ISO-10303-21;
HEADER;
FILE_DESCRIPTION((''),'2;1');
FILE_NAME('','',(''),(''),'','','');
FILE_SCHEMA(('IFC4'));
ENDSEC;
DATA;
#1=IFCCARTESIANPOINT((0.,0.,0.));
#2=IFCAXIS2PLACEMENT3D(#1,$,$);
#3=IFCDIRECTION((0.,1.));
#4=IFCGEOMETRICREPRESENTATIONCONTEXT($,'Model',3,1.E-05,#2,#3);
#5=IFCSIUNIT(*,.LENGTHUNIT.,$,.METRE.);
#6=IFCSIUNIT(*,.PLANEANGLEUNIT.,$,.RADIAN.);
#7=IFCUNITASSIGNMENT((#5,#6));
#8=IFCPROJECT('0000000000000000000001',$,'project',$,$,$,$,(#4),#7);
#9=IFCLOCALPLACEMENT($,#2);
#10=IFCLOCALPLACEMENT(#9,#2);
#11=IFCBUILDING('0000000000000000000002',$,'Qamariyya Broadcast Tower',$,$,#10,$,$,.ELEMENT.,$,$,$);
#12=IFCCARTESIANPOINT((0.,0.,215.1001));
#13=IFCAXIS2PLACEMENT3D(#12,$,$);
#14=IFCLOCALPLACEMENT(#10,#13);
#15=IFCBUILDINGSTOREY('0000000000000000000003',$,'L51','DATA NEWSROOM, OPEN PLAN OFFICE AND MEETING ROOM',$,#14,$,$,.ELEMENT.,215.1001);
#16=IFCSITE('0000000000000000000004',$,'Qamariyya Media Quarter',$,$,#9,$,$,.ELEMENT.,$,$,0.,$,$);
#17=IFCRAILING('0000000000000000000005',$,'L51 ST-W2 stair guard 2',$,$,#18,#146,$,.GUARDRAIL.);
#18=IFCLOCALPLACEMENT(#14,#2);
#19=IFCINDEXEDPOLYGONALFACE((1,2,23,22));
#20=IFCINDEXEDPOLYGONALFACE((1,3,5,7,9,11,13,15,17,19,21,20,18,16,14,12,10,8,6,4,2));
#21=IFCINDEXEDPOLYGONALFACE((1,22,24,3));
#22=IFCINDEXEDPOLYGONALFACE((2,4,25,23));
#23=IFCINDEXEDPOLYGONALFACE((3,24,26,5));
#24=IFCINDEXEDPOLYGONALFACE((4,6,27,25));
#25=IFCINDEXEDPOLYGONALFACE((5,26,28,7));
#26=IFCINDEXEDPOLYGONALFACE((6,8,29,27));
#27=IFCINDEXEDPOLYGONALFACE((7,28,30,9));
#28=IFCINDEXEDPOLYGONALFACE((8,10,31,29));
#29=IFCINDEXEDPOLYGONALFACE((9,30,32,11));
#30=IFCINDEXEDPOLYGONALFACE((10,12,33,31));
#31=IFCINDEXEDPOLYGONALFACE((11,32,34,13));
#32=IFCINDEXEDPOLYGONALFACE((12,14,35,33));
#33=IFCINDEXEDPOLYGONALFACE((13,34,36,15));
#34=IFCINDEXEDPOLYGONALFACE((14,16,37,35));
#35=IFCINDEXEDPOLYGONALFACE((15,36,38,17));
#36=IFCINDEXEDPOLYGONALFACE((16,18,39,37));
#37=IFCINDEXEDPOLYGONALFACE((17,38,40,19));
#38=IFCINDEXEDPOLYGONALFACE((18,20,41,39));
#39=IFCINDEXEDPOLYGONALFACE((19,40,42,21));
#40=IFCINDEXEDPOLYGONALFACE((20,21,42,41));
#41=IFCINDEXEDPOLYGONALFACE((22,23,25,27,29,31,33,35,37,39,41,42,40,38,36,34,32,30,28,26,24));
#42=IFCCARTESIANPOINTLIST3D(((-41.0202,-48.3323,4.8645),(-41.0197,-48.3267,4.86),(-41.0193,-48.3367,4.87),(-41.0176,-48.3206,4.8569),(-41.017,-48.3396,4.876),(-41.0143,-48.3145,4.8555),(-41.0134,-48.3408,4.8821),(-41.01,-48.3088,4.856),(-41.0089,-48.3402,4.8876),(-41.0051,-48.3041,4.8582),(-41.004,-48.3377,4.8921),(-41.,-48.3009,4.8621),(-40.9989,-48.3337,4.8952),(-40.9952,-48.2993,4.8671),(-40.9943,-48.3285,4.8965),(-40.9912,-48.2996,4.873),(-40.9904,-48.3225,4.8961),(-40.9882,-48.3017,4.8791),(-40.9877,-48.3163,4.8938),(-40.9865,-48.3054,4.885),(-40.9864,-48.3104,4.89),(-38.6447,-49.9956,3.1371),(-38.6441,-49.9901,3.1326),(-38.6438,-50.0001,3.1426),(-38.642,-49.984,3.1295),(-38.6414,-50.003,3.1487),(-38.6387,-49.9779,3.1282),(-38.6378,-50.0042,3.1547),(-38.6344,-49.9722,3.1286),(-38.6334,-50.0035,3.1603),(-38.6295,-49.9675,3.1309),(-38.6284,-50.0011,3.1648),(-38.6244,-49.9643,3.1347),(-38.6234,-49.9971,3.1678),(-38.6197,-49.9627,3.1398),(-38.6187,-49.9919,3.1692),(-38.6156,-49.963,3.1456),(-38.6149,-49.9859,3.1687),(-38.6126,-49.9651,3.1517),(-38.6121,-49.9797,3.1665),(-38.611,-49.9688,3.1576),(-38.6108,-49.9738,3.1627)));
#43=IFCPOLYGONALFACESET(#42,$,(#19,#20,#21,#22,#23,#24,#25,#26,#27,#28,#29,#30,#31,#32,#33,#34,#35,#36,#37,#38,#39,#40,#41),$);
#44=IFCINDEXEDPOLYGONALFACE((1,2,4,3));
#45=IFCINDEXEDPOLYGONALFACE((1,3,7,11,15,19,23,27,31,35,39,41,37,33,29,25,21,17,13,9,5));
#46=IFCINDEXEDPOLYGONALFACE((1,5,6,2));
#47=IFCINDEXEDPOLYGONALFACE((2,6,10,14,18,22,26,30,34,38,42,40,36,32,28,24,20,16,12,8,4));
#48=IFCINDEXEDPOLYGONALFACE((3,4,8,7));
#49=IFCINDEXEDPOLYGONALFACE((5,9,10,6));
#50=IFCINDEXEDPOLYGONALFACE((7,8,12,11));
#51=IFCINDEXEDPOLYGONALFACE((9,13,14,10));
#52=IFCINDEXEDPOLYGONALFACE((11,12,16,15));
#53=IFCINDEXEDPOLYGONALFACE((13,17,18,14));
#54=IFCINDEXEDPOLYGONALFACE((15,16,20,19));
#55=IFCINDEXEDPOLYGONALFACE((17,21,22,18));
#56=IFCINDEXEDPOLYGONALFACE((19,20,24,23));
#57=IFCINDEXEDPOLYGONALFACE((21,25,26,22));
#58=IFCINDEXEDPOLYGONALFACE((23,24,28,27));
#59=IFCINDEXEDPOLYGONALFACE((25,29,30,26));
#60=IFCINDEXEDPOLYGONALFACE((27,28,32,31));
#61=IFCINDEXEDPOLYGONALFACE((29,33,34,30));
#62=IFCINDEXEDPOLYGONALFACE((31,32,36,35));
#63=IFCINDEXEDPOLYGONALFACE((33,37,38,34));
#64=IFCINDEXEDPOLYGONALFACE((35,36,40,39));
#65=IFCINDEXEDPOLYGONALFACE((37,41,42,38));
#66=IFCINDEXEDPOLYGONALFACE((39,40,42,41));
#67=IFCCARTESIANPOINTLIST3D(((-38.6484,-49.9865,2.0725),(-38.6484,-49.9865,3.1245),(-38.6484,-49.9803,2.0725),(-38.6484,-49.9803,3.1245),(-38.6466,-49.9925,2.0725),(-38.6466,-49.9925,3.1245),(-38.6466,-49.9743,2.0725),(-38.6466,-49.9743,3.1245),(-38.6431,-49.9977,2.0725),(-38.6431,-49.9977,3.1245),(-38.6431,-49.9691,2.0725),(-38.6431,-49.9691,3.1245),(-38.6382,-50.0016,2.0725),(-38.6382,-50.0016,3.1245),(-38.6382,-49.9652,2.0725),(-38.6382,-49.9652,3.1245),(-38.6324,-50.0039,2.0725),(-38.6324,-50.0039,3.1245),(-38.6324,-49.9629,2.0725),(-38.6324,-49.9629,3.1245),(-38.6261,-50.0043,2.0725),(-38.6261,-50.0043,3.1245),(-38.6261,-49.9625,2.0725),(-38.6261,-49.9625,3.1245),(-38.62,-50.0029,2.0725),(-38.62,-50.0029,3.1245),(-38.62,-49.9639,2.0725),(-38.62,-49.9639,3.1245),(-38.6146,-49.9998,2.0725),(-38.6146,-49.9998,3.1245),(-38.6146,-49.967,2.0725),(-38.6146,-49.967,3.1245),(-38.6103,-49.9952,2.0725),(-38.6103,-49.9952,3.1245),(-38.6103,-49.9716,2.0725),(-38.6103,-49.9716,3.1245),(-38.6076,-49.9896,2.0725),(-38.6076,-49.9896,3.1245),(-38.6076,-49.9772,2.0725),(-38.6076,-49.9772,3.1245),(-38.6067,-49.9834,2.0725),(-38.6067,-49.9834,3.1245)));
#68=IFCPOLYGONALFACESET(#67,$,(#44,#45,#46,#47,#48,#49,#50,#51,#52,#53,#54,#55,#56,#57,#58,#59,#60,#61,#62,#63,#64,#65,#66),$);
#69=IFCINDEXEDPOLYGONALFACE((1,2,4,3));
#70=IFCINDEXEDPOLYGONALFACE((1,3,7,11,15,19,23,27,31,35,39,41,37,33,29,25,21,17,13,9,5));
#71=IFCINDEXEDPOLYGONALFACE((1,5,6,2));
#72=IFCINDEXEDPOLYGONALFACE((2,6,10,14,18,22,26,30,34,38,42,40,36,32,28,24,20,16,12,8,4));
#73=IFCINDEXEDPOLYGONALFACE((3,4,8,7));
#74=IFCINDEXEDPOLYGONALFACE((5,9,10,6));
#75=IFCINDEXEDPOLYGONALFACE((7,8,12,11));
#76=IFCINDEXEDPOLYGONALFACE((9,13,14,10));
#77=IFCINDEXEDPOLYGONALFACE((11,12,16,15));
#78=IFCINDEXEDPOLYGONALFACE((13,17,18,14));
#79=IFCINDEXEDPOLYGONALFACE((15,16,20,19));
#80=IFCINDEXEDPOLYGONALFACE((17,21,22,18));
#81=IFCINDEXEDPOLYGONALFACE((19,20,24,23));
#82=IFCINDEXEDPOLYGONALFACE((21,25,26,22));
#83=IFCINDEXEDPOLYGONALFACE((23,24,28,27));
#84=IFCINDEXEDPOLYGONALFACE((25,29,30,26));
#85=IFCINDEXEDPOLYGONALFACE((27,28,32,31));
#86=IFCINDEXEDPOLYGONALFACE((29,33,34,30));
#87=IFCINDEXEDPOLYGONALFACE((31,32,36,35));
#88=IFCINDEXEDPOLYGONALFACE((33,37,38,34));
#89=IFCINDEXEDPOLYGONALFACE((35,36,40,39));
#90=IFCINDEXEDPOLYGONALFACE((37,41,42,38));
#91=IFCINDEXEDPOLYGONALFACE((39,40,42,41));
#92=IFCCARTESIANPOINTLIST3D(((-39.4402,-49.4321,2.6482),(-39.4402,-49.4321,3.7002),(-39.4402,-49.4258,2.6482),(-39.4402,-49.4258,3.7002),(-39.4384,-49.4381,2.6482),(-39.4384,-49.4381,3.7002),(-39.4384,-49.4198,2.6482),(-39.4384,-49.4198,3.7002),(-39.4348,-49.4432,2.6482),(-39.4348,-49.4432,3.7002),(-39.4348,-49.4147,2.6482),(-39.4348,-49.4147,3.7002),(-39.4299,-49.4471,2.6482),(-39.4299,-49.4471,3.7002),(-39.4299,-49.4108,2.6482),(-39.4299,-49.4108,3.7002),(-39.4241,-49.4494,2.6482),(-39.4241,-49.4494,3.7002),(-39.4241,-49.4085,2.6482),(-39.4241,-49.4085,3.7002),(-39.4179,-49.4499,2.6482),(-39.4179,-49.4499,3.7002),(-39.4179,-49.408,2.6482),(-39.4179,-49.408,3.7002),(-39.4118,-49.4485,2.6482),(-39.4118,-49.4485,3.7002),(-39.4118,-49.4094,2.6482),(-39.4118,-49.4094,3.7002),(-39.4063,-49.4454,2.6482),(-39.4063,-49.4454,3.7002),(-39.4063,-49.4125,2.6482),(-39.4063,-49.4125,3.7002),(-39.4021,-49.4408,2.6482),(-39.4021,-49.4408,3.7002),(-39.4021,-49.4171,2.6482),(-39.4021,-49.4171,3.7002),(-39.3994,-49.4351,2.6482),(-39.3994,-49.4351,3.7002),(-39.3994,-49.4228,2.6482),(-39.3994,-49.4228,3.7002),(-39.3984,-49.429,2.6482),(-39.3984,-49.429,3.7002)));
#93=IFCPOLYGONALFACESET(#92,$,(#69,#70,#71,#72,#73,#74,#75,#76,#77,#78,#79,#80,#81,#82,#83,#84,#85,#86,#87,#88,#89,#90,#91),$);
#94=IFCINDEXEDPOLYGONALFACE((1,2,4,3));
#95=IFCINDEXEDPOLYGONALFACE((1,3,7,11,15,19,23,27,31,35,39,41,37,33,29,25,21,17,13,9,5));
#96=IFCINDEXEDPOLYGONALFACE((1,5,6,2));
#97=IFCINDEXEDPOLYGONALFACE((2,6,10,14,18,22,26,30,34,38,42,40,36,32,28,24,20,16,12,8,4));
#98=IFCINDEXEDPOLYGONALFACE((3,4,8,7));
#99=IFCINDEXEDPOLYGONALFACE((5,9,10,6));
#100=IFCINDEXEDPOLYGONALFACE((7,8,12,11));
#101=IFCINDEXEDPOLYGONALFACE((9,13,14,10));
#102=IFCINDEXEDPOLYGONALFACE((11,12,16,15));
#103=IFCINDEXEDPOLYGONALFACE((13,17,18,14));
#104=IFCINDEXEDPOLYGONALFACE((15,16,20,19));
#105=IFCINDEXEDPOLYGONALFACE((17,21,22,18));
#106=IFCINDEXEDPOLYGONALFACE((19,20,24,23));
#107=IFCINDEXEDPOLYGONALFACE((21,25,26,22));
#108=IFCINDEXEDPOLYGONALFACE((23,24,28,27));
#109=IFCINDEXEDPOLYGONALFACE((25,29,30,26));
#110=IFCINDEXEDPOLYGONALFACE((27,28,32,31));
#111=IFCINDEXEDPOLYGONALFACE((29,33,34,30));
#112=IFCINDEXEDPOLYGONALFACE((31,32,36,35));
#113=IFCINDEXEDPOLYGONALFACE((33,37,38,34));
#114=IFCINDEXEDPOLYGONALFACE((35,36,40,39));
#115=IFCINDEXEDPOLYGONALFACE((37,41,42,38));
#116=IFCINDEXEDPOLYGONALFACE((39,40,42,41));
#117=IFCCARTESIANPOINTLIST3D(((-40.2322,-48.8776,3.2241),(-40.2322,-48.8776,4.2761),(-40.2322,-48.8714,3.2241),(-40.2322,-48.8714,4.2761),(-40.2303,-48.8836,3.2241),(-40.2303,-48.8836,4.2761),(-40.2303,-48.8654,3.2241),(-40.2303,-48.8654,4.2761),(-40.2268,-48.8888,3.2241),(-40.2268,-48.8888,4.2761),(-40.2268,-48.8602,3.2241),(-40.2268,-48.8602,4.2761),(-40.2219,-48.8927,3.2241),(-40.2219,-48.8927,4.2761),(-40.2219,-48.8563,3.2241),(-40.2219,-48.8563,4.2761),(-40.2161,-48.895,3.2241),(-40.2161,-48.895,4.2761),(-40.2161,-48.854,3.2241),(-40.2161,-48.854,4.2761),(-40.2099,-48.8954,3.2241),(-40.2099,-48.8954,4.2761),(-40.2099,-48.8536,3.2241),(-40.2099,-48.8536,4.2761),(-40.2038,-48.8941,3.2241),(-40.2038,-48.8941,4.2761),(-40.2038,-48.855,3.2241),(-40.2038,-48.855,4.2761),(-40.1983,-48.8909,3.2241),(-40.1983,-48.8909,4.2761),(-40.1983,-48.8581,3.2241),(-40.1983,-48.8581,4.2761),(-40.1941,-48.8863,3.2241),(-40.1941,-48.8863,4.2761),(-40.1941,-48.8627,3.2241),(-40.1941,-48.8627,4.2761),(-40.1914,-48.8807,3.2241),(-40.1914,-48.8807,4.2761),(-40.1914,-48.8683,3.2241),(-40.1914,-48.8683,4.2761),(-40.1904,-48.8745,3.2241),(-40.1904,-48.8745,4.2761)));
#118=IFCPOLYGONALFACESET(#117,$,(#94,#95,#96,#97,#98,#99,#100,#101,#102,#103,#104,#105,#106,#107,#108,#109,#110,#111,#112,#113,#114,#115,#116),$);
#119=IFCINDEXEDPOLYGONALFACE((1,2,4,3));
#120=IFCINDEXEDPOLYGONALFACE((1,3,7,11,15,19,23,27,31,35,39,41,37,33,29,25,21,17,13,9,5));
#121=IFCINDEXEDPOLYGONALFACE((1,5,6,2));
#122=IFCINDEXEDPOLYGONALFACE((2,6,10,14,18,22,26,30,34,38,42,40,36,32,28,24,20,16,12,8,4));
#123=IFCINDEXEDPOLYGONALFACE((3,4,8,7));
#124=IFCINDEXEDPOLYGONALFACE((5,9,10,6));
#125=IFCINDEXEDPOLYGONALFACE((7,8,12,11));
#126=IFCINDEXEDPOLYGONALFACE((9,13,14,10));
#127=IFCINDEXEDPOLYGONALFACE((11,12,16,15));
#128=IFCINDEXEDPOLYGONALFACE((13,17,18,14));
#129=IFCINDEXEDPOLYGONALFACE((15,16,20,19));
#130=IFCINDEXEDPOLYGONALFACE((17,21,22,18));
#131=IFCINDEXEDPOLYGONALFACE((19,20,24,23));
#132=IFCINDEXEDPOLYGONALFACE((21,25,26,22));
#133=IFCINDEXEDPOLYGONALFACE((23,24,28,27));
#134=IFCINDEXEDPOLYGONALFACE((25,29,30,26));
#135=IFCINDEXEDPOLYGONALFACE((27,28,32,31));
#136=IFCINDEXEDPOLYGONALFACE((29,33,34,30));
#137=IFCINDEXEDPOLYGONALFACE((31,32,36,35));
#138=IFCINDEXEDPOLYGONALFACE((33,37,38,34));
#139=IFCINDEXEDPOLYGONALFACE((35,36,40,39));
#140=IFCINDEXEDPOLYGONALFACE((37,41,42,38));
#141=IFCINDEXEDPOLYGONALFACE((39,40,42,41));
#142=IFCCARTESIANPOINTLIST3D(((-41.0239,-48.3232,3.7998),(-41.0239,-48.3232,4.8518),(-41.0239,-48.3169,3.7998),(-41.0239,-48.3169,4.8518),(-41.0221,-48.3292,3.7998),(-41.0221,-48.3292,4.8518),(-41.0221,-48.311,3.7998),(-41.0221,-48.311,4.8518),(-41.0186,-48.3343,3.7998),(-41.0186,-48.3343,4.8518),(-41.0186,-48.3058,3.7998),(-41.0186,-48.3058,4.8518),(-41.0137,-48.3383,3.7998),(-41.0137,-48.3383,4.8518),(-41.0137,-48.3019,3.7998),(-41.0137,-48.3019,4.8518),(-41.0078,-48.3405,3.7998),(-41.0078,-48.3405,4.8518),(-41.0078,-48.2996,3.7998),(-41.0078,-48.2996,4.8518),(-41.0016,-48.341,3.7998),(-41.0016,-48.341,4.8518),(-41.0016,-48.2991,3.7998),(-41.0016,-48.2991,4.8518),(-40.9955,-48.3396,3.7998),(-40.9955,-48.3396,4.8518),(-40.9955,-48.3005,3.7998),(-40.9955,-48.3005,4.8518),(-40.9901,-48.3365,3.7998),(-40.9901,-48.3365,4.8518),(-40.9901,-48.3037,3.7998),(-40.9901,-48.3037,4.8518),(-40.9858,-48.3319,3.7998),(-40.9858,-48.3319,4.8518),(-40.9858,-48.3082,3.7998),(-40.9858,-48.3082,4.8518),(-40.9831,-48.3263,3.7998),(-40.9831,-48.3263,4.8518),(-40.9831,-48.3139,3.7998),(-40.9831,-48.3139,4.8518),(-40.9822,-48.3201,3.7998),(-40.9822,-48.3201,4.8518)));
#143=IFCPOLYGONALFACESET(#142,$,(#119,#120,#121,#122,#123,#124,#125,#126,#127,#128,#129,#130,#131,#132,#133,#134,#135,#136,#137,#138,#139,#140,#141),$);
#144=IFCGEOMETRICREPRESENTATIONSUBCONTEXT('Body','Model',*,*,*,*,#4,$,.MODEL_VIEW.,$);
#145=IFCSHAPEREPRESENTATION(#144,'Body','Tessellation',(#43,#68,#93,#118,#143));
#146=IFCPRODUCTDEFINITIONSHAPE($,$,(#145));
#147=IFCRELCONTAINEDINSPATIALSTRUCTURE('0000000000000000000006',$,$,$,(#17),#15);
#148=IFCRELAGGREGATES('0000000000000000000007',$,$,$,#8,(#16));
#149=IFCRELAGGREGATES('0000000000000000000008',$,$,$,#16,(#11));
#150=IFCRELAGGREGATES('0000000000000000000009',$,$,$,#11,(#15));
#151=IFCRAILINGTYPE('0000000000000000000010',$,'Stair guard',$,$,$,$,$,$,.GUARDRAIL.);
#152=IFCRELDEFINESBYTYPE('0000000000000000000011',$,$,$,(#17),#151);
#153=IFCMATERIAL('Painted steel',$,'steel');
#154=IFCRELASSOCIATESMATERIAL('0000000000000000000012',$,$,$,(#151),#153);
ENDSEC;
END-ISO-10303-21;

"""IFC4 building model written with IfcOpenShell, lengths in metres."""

from ifc_helpers import new_model, si_unit, direction, frame, origin, origin_2d, place, context, subcontext, project, spatial, circle, extrude, material, type_object, element, save


model = new_model("IFC4")

# Units and contexts
model_context = context("Model", 3, precision=1e-05, world=origin(), true_north=direction((0.0, 1.0)))
body_context = subcontext(model_context, "Body", "Model", "MODEL_VIEW")
ifc_project = project(units=[si_unit("LENGTHUNIT", "METRE"), si_unit("PLANEANGLEUNIT", "RADIAN")], contexts=[model_context])

# Site, building, storey
site_placement = place(None, origin())
site = spatial("IfcSite", under=ifc_project, at=site_placement, Name="Qamariyya Media Quarter", CompositionType="ELEMENT", RefElevation=0.0)
building_placement = place(site_placement, origin())
building = spatial("IfcBuilding", under=site, at=building_placement, Name="Qamariyya Broadcast Tower", CompositionType="ELEMENT")
storey_placement = place(building_placement, frame((0.0, 0.0, 215.1001)))
storey = spatial("IfcBuildingStorey", under=building, at=storey_placement, Name="L51", Description="DATA NEWSROOM, OPEN PLAN OFFICE AND MEETING ROOM", CompositionType="ELEMENT", Elevation=215.1001)

# Railing
ifc_material_1 = material(Name="Painted steel", Category="steel")
railing_type_1 = type_object("IfcRailingType", Name="Stair guard", PredefinedType="GUARDRAIL", material=ifc_material_1)
railing_1_placement = place(storey_placement, frame((-38.6277, -49.9834, 2.0725)))
element("IfcRailing", 1, at=railing_1_placement, inside=storey, type_object=railing_type_1, Name="L51 ST-W2 stair guard 2", PredefinedType="GUARDRAIL", context=body_context, shape_type="SweptSolid", body=[
    extrude(circle(Radius=0.0239, at=origin_2d()), frame((0.0, 0.0, 1.0762), z_axis=(-0.70377, 0.492784, 0.511734), x_axis=(-0.573575, -0.819153, 0.0)), (0.0, 0.0, 1.0), 3.3755),
    extrude(circle(Radius=0.021, at=origin_2d()), origin(), (0.0, 0.0, 1.0), 1.052),
    extrude(circle(Radius=0.021, at=origin_2d()), frame((-0.7917, 0.5544, 0.5757)), (0.0, 0.0, 1.0), 1.052),
    extrude(circle(Radius=0.021, at=origin_2d()), frame((-1.5837, 1.1089, 1.1516)), (0.0, 0.0, 1.0), 1.052),
    extrude(circle(Radius=0.021, at=origin_2d()), frame((-2.3755, 1.6633, 1.7273)), (0.0, 0.0, 1.0), 1.052),
])

save(model, "model.ifc")
